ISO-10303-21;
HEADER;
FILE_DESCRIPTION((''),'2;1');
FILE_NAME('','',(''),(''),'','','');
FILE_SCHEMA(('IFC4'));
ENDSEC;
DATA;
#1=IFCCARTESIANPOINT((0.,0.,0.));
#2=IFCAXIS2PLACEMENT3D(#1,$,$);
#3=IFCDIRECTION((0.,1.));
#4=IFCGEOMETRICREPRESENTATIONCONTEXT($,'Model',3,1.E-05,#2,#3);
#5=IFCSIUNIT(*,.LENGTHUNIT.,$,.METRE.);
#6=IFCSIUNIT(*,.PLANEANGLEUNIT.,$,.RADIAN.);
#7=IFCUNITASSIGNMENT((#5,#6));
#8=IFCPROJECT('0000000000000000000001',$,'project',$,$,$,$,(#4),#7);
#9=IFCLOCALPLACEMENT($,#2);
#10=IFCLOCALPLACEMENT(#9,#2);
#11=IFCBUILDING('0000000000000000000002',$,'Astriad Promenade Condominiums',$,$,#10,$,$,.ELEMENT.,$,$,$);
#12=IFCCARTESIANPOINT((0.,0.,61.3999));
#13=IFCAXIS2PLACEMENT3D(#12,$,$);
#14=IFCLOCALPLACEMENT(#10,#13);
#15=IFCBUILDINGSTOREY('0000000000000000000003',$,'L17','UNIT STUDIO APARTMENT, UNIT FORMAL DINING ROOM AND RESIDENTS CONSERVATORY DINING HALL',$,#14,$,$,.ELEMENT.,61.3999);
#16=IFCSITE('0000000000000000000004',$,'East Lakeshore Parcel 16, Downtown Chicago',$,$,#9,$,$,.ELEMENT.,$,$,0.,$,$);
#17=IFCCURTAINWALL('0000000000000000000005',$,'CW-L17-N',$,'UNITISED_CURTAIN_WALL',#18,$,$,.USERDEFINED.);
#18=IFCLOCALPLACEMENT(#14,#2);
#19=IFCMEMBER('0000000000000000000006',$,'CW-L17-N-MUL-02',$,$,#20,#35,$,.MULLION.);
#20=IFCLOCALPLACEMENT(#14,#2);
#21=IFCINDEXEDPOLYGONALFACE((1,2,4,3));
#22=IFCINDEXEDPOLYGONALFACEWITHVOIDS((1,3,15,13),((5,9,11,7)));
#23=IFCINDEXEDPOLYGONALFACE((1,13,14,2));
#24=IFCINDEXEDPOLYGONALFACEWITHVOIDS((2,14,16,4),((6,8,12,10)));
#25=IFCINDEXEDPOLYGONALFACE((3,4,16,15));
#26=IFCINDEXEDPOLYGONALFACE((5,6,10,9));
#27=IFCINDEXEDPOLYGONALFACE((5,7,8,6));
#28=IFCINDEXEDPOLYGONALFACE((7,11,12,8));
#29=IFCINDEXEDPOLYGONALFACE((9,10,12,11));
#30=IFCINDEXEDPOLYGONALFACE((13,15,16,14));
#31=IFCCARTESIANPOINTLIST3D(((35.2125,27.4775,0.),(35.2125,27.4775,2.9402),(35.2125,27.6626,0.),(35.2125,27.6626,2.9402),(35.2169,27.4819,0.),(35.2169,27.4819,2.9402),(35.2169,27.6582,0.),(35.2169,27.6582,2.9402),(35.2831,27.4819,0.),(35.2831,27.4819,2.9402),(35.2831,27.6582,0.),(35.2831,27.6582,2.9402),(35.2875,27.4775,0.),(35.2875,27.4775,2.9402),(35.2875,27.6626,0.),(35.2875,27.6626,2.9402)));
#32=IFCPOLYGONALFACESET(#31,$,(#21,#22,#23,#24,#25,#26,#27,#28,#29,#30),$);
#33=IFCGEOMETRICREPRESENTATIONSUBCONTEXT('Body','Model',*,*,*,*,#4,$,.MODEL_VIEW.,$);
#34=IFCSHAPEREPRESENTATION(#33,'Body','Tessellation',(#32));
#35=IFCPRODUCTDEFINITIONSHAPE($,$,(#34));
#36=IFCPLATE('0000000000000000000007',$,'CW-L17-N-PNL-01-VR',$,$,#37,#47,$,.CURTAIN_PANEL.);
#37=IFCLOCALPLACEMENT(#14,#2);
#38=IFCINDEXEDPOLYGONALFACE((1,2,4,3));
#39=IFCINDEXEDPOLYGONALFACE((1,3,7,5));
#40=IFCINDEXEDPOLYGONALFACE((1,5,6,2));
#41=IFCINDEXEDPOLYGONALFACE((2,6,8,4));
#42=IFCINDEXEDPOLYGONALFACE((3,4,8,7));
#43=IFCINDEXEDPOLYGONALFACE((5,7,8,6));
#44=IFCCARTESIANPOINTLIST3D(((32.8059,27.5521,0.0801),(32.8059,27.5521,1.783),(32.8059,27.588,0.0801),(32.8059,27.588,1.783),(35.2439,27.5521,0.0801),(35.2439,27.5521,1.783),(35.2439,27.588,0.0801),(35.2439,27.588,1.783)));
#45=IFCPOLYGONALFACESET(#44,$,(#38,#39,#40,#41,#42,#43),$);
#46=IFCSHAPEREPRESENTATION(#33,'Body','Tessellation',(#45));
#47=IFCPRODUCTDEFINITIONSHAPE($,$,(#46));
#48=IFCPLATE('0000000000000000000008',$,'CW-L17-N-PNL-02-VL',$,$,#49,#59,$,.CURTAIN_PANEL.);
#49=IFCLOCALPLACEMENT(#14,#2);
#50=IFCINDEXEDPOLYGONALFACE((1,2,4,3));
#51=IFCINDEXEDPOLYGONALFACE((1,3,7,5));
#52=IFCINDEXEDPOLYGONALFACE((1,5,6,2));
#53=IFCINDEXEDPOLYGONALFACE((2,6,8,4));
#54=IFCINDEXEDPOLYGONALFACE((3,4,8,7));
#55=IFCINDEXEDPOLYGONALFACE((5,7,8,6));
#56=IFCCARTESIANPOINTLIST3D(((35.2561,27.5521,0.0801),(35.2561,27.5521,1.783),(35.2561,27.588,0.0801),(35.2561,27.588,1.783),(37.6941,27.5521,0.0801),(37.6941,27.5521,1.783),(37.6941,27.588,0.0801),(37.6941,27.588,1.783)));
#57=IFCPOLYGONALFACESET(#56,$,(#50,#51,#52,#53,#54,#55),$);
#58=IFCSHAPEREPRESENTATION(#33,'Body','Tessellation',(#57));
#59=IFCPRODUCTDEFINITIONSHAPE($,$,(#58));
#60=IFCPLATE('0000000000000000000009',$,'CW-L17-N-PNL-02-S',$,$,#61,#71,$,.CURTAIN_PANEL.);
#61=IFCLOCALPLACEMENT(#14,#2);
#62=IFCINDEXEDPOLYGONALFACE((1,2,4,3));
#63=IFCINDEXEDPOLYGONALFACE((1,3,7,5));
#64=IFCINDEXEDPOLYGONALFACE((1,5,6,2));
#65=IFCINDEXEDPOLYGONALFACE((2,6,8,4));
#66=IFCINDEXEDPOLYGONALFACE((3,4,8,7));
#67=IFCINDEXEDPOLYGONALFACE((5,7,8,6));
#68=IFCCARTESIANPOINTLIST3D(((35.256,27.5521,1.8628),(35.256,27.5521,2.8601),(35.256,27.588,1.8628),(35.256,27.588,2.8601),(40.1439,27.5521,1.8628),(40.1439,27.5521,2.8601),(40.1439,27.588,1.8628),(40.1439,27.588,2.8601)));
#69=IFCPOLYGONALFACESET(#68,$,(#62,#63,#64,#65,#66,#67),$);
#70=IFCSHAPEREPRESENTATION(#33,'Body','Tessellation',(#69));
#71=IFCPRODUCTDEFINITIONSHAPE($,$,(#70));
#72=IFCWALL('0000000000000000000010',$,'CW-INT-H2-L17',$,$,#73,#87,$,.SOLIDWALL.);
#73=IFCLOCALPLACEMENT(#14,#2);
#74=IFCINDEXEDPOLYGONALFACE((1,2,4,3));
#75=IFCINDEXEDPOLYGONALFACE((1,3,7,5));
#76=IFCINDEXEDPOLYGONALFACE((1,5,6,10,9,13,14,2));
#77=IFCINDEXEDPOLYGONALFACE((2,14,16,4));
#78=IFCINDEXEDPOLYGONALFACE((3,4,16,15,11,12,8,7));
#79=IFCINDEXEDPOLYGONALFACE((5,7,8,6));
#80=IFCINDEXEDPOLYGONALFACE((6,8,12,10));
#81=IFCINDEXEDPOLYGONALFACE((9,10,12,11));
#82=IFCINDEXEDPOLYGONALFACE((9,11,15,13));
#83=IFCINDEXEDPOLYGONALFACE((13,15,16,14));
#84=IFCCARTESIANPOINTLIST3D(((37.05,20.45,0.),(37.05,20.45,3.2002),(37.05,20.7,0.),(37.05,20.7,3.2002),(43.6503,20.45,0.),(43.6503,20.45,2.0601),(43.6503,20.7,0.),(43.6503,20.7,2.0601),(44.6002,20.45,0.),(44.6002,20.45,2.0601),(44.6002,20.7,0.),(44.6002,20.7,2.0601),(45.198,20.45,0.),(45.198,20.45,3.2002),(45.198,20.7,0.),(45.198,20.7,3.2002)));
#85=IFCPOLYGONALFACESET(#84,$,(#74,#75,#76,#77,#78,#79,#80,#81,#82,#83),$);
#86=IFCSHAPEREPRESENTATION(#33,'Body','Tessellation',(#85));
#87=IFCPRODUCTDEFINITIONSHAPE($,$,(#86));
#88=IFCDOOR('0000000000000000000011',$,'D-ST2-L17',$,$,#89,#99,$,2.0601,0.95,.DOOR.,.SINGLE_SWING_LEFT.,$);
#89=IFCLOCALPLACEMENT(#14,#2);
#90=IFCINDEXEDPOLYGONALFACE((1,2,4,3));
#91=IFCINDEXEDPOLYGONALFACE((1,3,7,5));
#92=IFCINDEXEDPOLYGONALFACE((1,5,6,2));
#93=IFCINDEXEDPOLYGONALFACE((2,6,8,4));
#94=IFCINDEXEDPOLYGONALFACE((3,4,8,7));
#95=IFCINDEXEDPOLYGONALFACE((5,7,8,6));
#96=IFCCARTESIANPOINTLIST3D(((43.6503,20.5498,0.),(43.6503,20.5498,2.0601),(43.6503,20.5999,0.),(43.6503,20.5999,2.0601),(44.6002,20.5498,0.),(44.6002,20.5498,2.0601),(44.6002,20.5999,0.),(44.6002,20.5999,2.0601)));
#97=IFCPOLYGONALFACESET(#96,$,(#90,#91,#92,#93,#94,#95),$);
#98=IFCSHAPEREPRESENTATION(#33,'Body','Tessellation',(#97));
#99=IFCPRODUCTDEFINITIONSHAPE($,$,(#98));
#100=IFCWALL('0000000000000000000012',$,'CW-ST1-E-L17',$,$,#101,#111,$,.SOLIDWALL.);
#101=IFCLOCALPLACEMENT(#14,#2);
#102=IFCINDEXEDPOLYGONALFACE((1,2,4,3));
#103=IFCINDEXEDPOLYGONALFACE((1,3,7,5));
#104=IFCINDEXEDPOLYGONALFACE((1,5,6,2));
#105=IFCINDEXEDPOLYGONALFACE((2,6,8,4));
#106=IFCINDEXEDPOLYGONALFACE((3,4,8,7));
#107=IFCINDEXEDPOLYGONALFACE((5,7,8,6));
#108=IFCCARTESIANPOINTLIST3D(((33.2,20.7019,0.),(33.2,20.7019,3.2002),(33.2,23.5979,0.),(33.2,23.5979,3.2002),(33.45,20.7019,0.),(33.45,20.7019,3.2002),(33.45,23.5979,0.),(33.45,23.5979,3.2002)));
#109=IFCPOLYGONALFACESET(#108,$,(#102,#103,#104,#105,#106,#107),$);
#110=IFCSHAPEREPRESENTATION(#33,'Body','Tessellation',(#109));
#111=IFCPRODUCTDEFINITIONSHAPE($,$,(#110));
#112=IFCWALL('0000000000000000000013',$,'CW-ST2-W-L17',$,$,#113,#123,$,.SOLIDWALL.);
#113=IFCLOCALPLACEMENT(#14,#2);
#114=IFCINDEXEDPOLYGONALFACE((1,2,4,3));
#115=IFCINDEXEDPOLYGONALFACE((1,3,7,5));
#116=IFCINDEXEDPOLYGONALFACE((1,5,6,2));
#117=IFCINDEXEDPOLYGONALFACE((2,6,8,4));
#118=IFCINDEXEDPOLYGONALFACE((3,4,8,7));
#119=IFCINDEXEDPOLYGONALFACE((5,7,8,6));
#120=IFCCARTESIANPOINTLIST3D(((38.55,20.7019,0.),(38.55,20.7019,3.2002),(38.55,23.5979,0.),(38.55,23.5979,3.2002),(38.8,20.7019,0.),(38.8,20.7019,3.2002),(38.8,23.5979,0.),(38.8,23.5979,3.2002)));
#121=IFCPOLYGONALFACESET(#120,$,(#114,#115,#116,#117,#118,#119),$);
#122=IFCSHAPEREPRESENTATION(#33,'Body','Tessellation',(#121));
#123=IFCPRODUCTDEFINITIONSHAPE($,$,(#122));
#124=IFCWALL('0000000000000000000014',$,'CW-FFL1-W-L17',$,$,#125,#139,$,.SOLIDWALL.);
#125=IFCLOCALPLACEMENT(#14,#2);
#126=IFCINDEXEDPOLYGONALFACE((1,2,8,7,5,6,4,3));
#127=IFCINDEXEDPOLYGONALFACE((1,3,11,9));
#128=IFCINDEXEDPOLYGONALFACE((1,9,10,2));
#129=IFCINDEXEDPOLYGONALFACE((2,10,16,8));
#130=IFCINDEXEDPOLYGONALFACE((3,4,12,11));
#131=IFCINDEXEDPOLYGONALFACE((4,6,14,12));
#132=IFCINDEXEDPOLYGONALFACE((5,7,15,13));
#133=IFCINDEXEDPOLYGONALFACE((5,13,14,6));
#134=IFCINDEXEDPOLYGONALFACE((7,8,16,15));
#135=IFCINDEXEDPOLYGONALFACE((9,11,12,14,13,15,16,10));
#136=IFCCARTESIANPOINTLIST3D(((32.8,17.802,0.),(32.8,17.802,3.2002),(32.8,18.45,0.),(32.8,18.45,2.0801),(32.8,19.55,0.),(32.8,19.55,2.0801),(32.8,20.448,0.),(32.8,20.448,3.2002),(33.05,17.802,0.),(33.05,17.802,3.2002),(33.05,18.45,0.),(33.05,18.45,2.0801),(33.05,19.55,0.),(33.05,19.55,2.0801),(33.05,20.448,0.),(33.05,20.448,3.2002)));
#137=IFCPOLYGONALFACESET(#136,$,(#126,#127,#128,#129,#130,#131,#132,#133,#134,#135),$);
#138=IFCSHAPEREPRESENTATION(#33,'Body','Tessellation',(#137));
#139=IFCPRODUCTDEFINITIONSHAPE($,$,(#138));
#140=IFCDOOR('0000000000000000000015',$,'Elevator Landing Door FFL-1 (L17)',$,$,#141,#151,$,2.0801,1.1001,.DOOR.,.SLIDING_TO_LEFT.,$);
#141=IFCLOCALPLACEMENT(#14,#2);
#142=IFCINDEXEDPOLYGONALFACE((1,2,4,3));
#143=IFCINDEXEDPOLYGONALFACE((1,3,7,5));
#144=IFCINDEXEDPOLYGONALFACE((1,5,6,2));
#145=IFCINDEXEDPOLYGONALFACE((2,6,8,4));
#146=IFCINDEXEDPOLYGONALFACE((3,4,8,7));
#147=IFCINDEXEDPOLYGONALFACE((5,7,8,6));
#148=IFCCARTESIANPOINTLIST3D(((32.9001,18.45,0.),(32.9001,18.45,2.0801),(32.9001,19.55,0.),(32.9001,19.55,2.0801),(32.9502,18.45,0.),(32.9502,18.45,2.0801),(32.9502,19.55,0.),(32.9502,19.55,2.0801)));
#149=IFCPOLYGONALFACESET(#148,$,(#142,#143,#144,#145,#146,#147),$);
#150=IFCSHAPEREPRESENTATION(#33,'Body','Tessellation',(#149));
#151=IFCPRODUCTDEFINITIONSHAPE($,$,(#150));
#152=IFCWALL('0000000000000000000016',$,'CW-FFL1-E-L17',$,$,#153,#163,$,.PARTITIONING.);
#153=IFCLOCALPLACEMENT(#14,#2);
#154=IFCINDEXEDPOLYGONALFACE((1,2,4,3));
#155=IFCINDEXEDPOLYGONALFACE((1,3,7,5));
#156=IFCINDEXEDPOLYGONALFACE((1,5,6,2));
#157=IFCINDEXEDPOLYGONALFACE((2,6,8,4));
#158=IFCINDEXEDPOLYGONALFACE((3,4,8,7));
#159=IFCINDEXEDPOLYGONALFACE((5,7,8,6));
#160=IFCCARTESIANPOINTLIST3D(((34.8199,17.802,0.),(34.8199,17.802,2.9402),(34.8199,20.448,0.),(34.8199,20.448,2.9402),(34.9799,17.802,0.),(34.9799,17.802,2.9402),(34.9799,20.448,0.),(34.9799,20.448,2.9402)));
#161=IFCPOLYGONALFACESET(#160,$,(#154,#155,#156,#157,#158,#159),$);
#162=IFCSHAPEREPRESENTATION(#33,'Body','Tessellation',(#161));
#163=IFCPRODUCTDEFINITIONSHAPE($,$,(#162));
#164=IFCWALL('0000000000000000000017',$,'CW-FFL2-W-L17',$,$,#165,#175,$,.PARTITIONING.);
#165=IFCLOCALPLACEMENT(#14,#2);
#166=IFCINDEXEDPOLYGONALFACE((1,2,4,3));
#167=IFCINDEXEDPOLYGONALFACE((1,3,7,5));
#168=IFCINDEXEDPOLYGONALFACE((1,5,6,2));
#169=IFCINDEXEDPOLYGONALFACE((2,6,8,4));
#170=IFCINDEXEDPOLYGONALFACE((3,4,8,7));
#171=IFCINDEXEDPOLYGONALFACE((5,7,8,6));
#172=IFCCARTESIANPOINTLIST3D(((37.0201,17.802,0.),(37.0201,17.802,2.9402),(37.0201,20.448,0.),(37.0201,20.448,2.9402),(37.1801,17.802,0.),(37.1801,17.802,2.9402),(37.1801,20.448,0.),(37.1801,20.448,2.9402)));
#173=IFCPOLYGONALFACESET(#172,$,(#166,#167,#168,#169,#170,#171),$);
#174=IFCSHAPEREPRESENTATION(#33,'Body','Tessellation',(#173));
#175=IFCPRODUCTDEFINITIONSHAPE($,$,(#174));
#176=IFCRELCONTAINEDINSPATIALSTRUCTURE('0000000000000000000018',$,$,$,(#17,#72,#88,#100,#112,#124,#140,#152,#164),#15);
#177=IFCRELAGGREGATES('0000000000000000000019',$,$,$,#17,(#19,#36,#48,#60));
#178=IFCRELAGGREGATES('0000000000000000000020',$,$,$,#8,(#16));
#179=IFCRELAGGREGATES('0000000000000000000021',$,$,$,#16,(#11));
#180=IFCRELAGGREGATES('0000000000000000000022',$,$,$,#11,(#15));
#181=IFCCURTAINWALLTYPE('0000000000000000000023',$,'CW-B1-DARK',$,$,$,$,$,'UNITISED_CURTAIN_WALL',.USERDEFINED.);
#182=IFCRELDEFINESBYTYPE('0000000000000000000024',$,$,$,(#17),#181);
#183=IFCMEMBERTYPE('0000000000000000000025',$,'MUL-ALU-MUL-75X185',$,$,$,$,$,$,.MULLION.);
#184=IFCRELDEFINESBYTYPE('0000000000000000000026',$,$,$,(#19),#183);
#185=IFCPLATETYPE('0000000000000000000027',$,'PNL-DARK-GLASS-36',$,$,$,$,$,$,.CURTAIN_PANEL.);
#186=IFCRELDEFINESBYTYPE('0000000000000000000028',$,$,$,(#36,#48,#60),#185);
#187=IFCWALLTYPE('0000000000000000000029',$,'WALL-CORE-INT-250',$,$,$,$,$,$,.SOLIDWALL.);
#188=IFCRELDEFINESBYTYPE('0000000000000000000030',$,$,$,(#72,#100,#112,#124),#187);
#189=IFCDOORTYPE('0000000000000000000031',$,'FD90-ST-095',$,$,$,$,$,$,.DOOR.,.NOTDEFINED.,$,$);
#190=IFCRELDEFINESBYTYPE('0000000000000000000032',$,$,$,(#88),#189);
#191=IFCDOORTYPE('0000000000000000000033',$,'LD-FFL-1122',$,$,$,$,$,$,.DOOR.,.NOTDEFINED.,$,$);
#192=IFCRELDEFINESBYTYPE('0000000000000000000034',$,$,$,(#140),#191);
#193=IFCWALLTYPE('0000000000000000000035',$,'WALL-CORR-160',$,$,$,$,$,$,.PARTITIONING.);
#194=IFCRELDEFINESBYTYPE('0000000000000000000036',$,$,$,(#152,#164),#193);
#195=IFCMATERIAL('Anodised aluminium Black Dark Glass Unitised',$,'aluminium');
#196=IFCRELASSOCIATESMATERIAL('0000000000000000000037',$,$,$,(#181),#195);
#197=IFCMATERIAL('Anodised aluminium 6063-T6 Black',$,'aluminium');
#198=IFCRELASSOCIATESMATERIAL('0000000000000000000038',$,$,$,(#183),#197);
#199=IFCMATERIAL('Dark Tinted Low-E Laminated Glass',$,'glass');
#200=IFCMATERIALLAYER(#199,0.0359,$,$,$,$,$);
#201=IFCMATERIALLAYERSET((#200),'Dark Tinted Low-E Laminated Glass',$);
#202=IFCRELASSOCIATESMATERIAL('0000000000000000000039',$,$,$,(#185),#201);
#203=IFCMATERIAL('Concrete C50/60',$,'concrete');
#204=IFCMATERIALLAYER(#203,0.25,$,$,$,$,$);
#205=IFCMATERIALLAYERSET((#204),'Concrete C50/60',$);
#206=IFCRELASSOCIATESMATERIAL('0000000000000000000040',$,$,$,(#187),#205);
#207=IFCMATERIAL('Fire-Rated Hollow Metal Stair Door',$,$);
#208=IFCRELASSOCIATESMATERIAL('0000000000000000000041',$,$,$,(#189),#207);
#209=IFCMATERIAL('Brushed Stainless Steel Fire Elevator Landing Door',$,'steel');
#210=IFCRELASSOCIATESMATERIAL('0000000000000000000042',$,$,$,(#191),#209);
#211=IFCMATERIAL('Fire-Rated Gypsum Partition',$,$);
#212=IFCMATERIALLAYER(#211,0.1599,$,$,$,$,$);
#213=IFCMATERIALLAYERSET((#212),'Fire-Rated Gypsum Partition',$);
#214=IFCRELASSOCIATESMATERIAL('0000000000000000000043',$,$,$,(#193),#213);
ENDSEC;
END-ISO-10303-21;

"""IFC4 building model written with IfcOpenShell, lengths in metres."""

from ifc_helpers import new_model, si_unit, direction, frame, frame_2d, origin, origin_2d, place, context, subcontext, project, spatial, rectangle, hollow_rectangle, extrude, source, transform, mapped, material, layer, layer_set, material_profile, profile_set, type_object, type_shapes, element, fill, aggregate, save


model = new_model("IFC4")

# Units and contexts
model_context = context("Model", 3, precision=1e-05, world=origin(), true_north=direction((0.0, 1.0)))
body_context = subcontext(model_context, "Body", "Model", "MODEL_VIEW")
ifc_project = project(units=[si_unit("LENGTHUNIT", "METRE"), si_unit("PLANEANGLEUNIT", "RADIAN")], contexts=[model_context])

# Site, building, storey
site_placement = place(None, origin())
site = spatial("IfcSite", under=ifc_project, at=site_placement, Name="East Lakeshore Parcel 16, Downtown Chicago", CompositionType="ELEMENT", RefElevation=0.0)
building_placement = place(site_placement, origin())
building = spatial("IfcBuilding", under=site, at=building_placement, Name="Astriad Promenade Condominiums", CompositionType="ELEMENT")
storey_placement = place(building_placement, frame((0.0, 0.0, 61.3999)))
storey = spatial("IfcBuildingStorey", under=building, at=storey_placement, Name="L17", Description="UNIT STUDIO APARTMENT, UNIT FORMAL DINING ROOM AND RESIDENTS CONSERVATORY DINING HALL", CompositionType="ELEMENT", Elevation=61.3999)

# Curtain wall, member, plates
ifc_material_1 = material(Name="Anodised aluminium Black Dark Glass Unitised", Category="aluminium")
curtain_wall_type = type_object("IfcCurtainWallType", Name="CW-B1-DARK", ElementType="UNITISED_CURTAIN_WALL", PredefinedType="USERDEFINED", material=ifc_material_1)
curtain_wall_placement = place(storey_placement, origin())
curtain_wall = element("IfcCurtainWall", 1, at=curtain_wall_placement, inside=storey, type_object=curtain_wall_type, Name="CW-L17-N", ObjectType="UNITISED_CURTAIN_WALL", PredefinedType="USERDEFINED")
ifc_material_2 = material(Name="Anodised aluminium 6063-T6 Black", Category="aluminium")
ifc_material_profile_1 = material_profile(ifc_material_2, hollow_rectangle(XDim=0.075, YDim=0.1851, WallThickness=0.0044, at=origin_2d()), Name="ALU-MUL-75X185")
ifc_profile_set_1 = profile_set([ifc_material_profile_1], Name="Anodised aluminium 6063-T6 Black")
member_type_1 = type_object("IfcMemberType", Name="MUL-ALU-MUL-75X185", PredefinedType="MULLION", material=ifc_profile_set_1)
shared_shape_1 = source(origin(), body_context, "Body", "SweptSolid", [
    extrude(hollow_rectangle(XDim=0.075, YDim=0.1851, WallThickness=0.0044, at=origin_2d()), origin(), (0.0, 0.0, 1.0), 2.9402),
])
type_shapes(member_type_1, [shared_shape_1])
member_1_placement = place(storey_placement, frame((35.25, 27.5701, 0.0), z_axis=(0.0, 0.0, 1.0), x_axis=(1.0, 0.0, 0.0)))
member_1 = element("IfcMember", 2, at=member_1_placement, type_object=member_type_1, Name="CW-L17-N-MUL-02", PredefinedType="MULLION", context=body_context, shape_type="MappedRepresentation", body=[
    mapped(shared_shape_1, transform((0.0, 0.0, 0.0), scale=1.0)),
])
ifc_material_3 = material(Name="Dark Tinted Low-E Laminated Glass", Category="glass")
ifc_layer_1 = layer(ifc_material_3, 0.0359)
ifc_layer_set_1 = layer_set([ifc_layer_1], Name="Dark Tinted Low-E Laminated Glass")
plate_type = type_object("IfcPlateType", Name="PNL-DARK-GLASS-36", PredefinedType="CURTAIN_PANEL", material=ifc_layer_set_1)
shared_shape_2 = source(origin(), body_context, "Body", "SweptSolid", [
    extrude(rectangle(XDim=2.438, YDim=0.0359, at=origin_2d()), origin(), (0.0, 0.0, 1.0), 1.7029),
])
plate_1_placement = place(storey_placement, frame((34.0249, 27.5701, 0.0801), z_axis=(0.0, 0.0, 1.0), x_axis=(1.0, 0.0, 0.0)))
plate_1 = element("IfcPlate", 3, at=plate_1_placement, type_object=plate_type, Name="CW-L17-N-PNL-01-VR", PredefinedType="CURTAIN_PANEL", context=body_context, shape_type="MappedRepresentation", body=[
    mapped(shared_shape_2, transform((0.0, 0.0, 0.0), scale=1.0)),
])
plate_2_placement = place(storey_placement, frame((36.4751, 27.5701, 0.0801), z_axis=(0.0, 0.0, 1.0), x_axis=(1.0, 0.0, 0.0)))
plate_2 = element("IfcPlate", 4, at=plate_2_placement, type_object=plate_type, Name="CW-L17-N-PNL-02-VL", PredefinedType="CURTAIN_PANEL", context=body_context, shape_type="MappedRepresentation", body=[
    mapped(shared_shape_2, transform((0.0, 0.0, 0.0), scale=1.0)),
])
shared_shape_3 = source(origin(), body_context, "Body", "SweptSolid", [
    extrude(rectangle(XDim=4.8879, YDim=0.0359, at=origin_2d()), origin(), (0.0, 0.0, 1.0), 0.9973),
])
type_shapes(plate_type, [shared_shape_2, shared_shape_3])
plate_3_placement = place(storey_placement, frame((37.7, 27.5701, 1.8628), z_axis=(0.0, 0.0, 1.0), x_axis=(1.0, 0.0, 0.0)))
plate_3 = element("IfcPlate", 5, at=plate_3_placement, type_object=plate_type, Name="CW-L17-N-PNL-02-S", PredefinedType="CURTAIN_PANEL", context=body_context, shape_type="MappedRepresentation", body=[
    mapped(shared_shape_3, transform((0.0, 0.0, 0.0), scale=1.0)),
])
aggregate(curtain_wall, [member_1, plate_1, plate_2, plate_3])

# Wall, opening, door
ifc_material_4 = material(Name="Concrete C50/60", Category="concrete")
ifc_layer_2 = layer(ifc_material_4, 0.25)
ifc_layer_set_2 = layer_set([ifc_layer_2], Name="Concrete C50/60")
wall_type_1 = type_object("IfcWallType", Name="WALL-CORE-INT-250", PredefinedType="SOLIDWALL", material=ifc_layer_set_2)
wall_1_placement = place(storey_placement, frame((37.05, 20.575, 0.0), z_axis=(0.0, 0.0, 1.0), x_axis=(1.0, 0.0, 0.0)))
wall_1 = element("IfcWall", 6, at=wall_1_placement, inside=storey, type_object=wall_type_1, Name="CW-INT-H2-L17", PredefinedType="SOLIDWALL", context=body_context, shape_type="SweptSolid", body=[
    extrude(rectangle(XDim=8.1479, YDim=0.25, at=frame_2d((4.074, 0.0))), origin(), (0.0, 0.0, 1.0), 3.2002),
])
opening_1_placement = place(wall_1_placement, frame((6.6001, 0.0, 0.0)))
opening_1 = element("IfcOpeningElement", 7, at=opening_1_placement, cuts=wall_1, PredefinedType="OPENING", context=body_context, shape_type="SweptSolid", body=[
    extrude(rectangle(XDim=0.95, YDim=2.0601, at=frame_2d((0.4751, 1.03))), frame((0.0, 0.135, 0.0), z_axis=(0.0, -1.0, 0.0), x_axis=(1.0, 0.0, 0.0)), (0.0, 0.0, 1.0), 0.27),
])
ifc_material_5 = material(Name="Fire-Rated Hollow Metal Stair Door")
door_type_1 = type_object("IfcDoorType", Name="FD90-ST-095", OperationType="NOTDEFINED", PredefinedType="DOOR", material=ifc_material_5)
shared_shape_4 = source(origin(), body_context, "Body", "SweptSolid", [
    extrude(rectangle(XDim=0.95, YDim=2.0601, at=frame_2d((0.4751, 1.03))), frame((0.0, 0.0249, 0.0), z_axis=(0.0, -1.0, 0.0), x_axis=(1.0, 0.0, 0.0)), (0.0, 0.0, 1.0), 0.05),
])
type_shapes(door_type_1, [shared_shape_4])
door_1_placement = place(opening_1_placement, origin())
door_1 = element("IfcDoor", 8, at=door_1_placement, inside=storey, type_object=door_type_1, Name="D-ST2-L17", OperationType="SINGLE_SWING_LEFT", OverallHeight=2.0601, OverallWidth=0.95, PredefinedType="DOOR", context=body_context, shape_type="MappedRepresentation", body=[
    mapped(shared_shape_4, transform((0.0, 0.0, 0.0), scale=1.0)),
])
fill(opening_1, door_1)

# Walls
for number, where, z_axis, x_axis, name in (
    (9, (33.325, 20.7019, 0.0), (0.0, 0.0, 1.0), (0.0, 1.0, 0.0), "CW-ST1-E-L17"),
    (10, (38.675, 20.7019, 0.0), (0.0, 0.0, 1.0), (0.0, 1.0, 0.0), "CW-ST2-W-L17"),
):
    element("IfcWall", number, at=place(storey_placement, frame(where, z_axis=z_axis, x_axis=x_axis)), inside=storey, type_object=wall_type_1, Name=name, PredefinedType="SOLIDWALL", context=body_context, shape_type="SweptSolid", body=[
        extrude(rectangle(XDim=2.896, YDim=0.25, at=frame_2d((1.448, 0.0))), origin(), (0.0, 0.0, 1.0), 3.2002),
    ])

# Wall, opening, door
wall_2_placement = place(storey_placement, frame((32.925, 17.802, 0.0), z_axis=(0.0, 0.0, 1.0), x_axis=(0.0, 1.0, 0.0)))
wall_2 = element("IfcWall", 11, at=wall_2_placement, inside=storey, type_object=wall_type_1, Name="CW-FFL1-W-L17", PredefinedType="SOLIDWALL", context=body_context, shape_type="SweptSolid", body=[
    extrude(rectangle(XDim=2.646, YDim=0.25, at=frame_2d((1.323, 0.0))), origin(), (0.0, 0.0, 1.0), 3.2002),
])
opening_2_placement = place(wall_2_placement, frame((0.6479, 0.0, 0.0)))
opening_2 = element("IfcOpeningElement", 12, at=opening_2_placement, cuts=wall_2, PredefinedType="OPENING", context=body_context, shape_type="SweptSolid", body=[
    extrude(rectangle(XDim=1.1001, YDim=2.0801, at=frame_2d((0.55, 1.04))), frame((0.0, 0.135, 0.0), z_axis=(0.0, -1.0, 0.0), x_axis=(1.0, 0.0, 0.0)), (0.0, 0.0, 1.0), 0.27),
])
ifc_material_6 = material(Name="Brushed Stainless Steel Fire Elevator Landing Door", Category="steel")
door_type_2 = type_object("IfcDoorType", Name="LD-FFL-1122", OperationType="NOTDEFINED", PredefinedType="DOOR", material=ifc_material_6)
shared_shape_5 = source(origin(), body_context, "Body", "SweptSolid", [
    extrude(rectangle(XDim=1.1001, YDim=2.0801, at=frame_2d((0.55, 1.04))), frame((0.0, 0.0249, 0.0), z_axis=(0.0, -1.0, 0.0), x_axis=(1.0, 0.0, 0.0)), (0.0, 0.0, 1.0), 0.05),
])
type_shapes(door_type_2, [shared_shape_5])
door_2_placement = place(opening_2_placement, origin())
door_2 = element("IfcDoor", 13, at=door_2_placement, inside=storey, type_object=door_type_2, Name="Elevator Landing Door FFL-1 (L17)", OperationType="SLIDING_TO_LEFT", OverallHeight=2.0801, OverallWidth=1.1001, PredefinedType="DOOR", context=body_context, shape_type="MappedRepresentation", body=[
    mapped(shared_shape_5, transform((0.0, 0.0, 0.0), scale=1.0)),
])
fill(opening_2, door_2)

# Walls
ifc_material_7 = material(Name="Fire-Rated Gypsum Partition")
ifc_layer_3 = layer(ifc_material_7, 0.1599)
ifc_layer_set_3 = layer_set([ifc_layer_3], Name="Fire-Rated Gypsum Partition")
wall_type_2 = type_object("IfcWallType", Name="WALL-CORR-160", PredefinedType="PARTITIONING", material=ifc_layer_set_3)
for number, where, z_axis, x_axis, name in (
    (14, (34.8999, 17.802, 0.0), (0.0, 0.0, 1.0), (0.0, 1.0, 0.0), "CW-FFL1-E-L17"),
    (15, (37.1001, 17.802, 0.0), (0.0, 0.0, 1.0), (0.0, 1.0, 0.0), "CW-FFL2-W-L17"),
):
    element("IfcWall", number, at=place(storey_placement, frame(where, z_axis=z_axis, x_axis=x_axis)), inside=storey, type_object=wall_type_2, Name=name, PredefinedType="PARTITIONING", context=body_context, shape_type="SweptSolid", body=[
        extrude(rectangle(XDim=2.646, YDim=0.1599, at=frame_2d((1.323, 0.0))), origin(), (0.0, 0.0, 1.0), 2.9402),
    ])

save(model, "model.ifc")
